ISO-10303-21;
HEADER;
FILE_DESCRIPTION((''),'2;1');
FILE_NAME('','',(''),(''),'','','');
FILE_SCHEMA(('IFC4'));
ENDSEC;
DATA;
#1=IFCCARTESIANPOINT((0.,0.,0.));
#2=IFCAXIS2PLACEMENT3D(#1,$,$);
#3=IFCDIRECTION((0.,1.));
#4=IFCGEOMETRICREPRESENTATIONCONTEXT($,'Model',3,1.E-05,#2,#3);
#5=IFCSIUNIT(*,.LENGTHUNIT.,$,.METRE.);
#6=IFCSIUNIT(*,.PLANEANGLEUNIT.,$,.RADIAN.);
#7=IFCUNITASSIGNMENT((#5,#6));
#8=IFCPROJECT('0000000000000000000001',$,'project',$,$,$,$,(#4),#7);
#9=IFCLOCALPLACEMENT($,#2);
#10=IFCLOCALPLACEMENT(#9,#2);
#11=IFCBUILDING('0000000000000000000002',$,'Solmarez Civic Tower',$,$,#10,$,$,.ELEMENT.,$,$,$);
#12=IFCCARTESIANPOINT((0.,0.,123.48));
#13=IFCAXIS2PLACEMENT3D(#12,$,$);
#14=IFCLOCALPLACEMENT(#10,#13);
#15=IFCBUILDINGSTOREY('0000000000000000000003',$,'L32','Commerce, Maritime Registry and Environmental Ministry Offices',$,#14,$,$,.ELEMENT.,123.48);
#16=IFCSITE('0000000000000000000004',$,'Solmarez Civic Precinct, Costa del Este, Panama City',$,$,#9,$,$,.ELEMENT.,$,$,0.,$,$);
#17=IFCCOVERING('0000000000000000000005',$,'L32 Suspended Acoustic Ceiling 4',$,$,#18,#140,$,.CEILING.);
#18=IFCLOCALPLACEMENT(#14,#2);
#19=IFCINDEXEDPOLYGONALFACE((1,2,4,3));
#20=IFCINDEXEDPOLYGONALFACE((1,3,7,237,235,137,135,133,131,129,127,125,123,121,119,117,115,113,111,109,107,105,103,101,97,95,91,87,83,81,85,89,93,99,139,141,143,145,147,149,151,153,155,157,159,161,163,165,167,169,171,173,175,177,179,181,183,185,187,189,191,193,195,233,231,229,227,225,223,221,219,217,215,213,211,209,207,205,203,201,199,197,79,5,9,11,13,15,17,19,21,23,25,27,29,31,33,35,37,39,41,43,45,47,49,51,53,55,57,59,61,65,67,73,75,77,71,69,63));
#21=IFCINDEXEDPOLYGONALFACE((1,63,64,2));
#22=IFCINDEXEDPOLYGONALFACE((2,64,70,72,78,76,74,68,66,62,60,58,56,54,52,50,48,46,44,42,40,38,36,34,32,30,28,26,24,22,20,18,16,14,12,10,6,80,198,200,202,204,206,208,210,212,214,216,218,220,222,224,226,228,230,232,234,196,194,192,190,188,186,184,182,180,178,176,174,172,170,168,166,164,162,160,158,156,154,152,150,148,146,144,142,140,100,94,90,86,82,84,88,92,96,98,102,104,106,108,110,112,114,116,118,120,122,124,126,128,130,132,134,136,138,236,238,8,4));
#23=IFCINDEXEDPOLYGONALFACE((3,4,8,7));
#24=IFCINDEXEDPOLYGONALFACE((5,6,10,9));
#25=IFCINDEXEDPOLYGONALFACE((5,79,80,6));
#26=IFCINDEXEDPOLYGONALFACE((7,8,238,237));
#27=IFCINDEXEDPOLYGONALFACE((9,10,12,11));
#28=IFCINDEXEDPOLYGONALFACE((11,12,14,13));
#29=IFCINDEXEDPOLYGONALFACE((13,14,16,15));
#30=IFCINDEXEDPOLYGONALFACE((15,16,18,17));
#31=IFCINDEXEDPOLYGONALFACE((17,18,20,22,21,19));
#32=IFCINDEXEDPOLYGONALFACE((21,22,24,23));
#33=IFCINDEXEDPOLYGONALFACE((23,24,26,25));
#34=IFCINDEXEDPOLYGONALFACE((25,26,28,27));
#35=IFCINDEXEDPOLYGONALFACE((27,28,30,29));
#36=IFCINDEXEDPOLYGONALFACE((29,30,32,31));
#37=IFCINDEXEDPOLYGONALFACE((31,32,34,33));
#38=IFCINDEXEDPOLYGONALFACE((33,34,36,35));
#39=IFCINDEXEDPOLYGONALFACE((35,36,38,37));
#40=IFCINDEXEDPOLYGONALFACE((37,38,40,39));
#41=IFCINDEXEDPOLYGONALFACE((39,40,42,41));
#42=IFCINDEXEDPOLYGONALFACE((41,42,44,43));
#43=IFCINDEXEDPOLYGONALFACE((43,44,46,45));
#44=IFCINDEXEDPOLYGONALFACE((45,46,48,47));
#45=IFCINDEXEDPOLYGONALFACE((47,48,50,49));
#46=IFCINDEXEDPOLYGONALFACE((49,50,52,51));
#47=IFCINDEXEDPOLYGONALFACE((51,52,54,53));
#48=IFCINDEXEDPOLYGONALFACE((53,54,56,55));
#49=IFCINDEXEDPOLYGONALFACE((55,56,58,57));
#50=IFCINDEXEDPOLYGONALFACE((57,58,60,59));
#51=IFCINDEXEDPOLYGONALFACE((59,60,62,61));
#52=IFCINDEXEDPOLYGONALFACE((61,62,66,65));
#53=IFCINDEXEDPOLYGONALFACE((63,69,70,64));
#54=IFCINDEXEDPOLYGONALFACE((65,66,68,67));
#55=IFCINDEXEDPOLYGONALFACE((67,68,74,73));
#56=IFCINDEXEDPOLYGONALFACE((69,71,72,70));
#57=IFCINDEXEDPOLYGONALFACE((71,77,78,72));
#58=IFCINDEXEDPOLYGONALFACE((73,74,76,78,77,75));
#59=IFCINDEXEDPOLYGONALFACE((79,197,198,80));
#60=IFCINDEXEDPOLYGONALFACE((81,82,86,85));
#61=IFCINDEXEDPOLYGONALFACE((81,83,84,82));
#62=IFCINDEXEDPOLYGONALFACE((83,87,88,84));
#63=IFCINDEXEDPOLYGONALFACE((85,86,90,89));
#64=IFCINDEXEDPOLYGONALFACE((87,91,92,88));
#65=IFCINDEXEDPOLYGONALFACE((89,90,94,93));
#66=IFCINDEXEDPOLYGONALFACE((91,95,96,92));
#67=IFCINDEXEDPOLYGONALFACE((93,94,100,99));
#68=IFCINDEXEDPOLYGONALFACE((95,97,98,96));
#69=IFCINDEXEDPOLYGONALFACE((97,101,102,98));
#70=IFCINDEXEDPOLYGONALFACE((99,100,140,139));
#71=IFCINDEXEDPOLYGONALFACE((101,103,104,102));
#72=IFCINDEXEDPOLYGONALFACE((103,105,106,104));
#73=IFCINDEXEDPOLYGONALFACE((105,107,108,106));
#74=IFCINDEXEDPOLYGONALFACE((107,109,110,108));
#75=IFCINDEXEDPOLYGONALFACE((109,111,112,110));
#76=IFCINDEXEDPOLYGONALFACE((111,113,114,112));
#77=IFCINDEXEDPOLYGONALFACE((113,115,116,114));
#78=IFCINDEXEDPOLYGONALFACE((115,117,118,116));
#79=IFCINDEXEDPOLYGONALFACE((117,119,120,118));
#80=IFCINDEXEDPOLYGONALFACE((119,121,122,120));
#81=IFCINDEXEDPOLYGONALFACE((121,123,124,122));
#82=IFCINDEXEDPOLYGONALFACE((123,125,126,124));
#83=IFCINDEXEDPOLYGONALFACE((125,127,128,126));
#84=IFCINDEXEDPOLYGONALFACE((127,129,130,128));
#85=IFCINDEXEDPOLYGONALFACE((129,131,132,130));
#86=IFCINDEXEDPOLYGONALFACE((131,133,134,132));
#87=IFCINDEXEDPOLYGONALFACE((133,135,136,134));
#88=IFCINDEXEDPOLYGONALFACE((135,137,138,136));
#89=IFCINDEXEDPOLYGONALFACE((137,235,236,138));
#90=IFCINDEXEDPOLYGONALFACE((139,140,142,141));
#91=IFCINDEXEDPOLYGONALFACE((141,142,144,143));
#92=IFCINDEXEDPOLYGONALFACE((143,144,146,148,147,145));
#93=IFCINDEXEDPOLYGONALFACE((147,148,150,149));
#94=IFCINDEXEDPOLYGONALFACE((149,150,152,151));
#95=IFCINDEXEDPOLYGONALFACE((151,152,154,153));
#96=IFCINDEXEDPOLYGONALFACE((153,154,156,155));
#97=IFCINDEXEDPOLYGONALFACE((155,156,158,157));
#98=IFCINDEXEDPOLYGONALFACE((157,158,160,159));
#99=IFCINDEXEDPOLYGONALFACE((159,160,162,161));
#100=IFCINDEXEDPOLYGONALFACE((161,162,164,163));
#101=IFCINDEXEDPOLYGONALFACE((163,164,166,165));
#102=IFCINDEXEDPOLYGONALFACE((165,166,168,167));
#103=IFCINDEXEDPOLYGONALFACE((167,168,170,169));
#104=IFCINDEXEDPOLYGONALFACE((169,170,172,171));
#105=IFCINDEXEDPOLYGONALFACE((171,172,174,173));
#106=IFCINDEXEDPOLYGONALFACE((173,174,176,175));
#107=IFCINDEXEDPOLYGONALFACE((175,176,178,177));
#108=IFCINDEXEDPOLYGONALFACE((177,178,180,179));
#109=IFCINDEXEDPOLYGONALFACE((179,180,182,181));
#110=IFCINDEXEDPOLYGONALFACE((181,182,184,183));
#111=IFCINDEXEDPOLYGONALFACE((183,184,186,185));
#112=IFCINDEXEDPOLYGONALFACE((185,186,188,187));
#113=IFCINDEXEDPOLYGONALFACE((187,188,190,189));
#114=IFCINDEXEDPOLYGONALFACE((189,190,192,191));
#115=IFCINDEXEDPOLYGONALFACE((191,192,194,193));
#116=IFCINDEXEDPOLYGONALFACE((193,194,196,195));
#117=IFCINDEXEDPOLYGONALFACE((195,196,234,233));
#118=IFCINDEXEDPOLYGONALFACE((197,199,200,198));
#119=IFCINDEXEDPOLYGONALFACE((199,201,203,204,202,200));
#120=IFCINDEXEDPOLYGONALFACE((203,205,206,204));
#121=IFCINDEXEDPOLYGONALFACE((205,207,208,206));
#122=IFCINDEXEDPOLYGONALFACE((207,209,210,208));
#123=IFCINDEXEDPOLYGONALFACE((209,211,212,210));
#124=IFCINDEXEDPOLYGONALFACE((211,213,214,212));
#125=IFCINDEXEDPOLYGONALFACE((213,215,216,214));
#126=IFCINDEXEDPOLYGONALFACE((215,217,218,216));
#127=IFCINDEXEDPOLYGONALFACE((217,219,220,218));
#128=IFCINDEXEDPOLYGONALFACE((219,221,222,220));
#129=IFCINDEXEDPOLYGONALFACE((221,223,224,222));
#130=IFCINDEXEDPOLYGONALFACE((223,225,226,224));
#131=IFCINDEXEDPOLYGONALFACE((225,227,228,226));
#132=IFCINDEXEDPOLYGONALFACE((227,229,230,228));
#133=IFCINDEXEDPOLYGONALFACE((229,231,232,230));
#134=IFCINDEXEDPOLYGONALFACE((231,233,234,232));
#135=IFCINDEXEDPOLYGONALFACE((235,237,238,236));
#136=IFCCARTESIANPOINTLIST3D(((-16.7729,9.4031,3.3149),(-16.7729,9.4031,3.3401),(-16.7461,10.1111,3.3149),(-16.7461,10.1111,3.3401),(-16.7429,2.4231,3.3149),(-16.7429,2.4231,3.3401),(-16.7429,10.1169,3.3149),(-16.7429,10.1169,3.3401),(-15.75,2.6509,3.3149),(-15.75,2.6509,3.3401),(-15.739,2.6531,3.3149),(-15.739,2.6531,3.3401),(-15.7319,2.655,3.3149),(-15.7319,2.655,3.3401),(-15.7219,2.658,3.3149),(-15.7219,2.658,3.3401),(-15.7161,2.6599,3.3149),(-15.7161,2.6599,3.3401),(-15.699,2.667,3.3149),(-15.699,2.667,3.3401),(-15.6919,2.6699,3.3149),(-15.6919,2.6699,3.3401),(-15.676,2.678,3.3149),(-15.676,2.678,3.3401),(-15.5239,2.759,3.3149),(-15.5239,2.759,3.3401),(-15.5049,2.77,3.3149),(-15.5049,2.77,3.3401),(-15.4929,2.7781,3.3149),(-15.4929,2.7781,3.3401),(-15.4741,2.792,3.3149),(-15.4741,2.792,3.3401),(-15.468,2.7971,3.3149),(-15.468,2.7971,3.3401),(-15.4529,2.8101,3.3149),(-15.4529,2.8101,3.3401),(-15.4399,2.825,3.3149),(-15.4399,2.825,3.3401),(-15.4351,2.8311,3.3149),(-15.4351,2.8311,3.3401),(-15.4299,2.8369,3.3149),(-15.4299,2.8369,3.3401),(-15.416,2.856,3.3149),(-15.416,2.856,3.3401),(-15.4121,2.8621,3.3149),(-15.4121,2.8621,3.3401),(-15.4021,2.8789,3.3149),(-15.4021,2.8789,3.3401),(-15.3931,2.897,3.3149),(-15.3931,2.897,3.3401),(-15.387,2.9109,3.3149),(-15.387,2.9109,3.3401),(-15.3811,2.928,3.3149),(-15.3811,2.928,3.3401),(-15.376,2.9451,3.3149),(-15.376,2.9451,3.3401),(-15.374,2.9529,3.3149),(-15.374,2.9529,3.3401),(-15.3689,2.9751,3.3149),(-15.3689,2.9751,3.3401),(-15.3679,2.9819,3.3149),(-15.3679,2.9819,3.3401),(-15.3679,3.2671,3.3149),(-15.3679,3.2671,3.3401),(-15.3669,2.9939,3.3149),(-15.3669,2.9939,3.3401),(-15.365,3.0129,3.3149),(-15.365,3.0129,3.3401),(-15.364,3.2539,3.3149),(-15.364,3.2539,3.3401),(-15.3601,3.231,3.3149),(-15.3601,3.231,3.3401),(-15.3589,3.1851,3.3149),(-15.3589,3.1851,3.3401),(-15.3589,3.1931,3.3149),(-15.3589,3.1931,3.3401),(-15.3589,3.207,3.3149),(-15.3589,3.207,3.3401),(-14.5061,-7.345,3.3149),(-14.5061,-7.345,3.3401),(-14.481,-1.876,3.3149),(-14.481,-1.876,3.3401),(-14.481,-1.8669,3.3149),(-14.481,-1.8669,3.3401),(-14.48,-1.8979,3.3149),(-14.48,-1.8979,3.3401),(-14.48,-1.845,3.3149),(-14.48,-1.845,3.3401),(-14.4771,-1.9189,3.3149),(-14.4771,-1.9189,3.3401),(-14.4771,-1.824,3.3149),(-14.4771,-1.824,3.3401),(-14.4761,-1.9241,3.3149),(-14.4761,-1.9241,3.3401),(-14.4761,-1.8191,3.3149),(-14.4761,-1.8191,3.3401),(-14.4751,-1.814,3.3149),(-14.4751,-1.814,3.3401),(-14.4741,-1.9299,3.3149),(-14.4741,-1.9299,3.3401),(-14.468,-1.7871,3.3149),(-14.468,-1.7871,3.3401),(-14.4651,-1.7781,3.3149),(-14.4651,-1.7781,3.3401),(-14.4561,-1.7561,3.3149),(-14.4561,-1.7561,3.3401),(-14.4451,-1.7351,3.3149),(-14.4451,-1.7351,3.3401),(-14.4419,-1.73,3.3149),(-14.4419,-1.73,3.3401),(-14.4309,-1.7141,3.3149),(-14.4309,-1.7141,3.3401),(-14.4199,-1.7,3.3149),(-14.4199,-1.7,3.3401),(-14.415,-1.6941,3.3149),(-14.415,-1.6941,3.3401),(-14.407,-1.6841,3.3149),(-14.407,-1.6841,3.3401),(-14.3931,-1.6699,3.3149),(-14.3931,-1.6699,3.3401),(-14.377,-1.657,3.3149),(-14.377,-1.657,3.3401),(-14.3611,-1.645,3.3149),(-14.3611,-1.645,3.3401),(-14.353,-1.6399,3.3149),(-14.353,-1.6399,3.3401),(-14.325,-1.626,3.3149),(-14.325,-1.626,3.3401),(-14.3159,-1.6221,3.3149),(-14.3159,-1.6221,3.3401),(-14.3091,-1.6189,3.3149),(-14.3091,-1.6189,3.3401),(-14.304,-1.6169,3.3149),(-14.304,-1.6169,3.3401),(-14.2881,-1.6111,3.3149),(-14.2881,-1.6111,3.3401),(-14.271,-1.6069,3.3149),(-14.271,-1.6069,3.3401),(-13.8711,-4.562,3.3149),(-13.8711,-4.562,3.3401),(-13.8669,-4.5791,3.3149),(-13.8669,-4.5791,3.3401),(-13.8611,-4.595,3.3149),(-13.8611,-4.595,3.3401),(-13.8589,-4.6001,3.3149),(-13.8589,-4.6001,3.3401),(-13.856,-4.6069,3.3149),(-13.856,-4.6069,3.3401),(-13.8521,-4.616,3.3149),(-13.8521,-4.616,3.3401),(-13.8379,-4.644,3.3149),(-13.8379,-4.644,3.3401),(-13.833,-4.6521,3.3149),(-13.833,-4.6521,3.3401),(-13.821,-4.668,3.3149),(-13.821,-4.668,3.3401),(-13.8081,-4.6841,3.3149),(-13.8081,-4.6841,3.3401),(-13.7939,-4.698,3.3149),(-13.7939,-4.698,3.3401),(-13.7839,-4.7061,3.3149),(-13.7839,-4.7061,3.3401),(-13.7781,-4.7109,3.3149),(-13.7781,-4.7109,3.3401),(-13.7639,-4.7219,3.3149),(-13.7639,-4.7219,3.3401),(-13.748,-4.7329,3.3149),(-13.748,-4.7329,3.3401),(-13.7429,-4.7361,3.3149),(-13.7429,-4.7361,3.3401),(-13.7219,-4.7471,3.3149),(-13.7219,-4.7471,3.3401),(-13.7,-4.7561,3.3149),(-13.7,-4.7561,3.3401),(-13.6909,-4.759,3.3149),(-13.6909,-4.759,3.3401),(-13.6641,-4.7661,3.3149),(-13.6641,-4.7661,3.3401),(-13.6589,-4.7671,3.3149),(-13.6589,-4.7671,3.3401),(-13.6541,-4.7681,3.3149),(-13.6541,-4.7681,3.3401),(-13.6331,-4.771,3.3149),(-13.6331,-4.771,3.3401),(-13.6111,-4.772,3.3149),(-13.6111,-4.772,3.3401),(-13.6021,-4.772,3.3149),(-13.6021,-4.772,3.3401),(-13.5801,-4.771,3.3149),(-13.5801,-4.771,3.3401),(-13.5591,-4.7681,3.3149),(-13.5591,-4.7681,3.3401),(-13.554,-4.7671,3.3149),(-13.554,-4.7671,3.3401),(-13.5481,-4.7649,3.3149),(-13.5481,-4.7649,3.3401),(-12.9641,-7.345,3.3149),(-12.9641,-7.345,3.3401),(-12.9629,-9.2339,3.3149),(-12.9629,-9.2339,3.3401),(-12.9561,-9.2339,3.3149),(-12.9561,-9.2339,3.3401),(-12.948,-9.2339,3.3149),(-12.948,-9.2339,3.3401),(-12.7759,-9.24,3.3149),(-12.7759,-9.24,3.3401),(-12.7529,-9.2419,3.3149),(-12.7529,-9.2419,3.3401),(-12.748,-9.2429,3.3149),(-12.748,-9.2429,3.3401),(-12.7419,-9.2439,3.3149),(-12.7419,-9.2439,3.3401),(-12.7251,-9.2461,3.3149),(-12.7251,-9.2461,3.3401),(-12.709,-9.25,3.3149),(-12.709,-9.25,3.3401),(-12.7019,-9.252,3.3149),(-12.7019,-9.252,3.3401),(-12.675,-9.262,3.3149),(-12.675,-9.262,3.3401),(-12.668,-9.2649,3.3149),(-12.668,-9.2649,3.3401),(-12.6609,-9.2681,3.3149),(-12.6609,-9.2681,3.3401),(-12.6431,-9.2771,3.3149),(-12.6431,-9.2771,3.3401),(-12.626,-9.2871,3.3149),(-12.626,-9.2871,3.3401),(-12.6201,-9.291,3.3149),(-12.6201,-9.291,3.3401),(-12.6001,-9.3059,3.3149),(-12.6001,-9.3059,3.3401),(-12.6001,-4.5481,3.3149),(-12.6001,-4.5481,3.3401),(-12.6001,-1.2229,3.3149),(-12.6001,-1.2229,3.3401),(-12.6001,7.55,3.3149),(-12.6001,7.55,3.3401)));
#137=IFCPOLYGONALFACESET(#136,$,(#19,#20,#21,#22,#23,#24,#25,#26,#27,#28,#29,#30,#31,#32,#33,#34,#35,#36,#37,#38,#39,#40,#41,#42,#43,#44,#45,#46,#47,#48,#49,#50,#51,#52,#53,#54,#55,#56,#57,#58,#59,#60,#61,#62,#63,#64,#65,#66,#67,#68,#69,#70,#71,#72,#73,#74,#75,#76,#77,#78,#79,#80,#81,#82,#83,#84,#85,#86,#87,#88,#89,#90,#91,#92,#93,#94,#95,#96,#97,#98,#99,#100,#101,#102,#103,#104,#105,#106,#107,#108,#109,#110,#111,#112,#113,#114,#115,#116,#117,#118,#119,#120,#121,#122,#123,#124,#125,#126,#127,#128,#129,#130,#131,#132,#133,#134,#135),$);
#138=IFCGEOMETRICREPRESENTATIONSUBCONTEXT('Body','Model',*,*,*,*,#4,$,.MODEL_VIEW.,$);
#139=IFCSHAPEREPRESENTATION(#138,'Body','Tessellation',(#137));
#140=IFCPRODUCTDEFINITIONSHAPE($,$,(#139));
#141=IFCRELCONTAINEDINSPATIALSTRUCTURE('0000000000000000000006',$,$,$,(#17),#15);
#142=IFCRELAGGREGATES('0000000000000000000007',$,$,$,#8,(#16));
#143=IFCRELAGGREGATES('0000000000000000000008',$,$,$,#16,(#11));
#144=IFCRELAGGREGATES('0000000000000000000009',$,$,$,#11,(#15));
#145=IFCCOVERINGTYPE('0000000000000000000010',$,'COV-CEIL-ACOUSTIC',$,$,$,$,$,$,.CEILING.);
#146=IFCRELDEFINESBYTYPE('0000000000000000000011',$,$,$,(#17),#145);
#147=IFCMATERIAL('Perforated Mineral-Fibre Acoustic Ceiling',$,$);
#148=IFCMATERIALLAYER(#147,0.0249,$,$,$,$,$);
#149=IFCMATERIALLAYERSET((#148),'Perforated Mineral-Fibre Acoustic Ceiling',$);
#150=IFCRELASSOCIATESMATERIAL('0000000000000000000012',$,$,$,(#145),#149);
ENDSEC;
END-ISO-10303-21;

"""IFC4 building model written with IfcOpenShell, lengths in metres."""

from ifc_helpers import new_model, si_unit, direction, frame, origin, place, context, subcontext, project, spatial, polyline, outline, extrude, material, layer, layer_set, type_object, element, save


model = new_model("IFC4")

# Units and contexts
model_context = context("Model", 3, precision=1e-05, world=origin(), true_north=direction((0.0, 1.0)))
body_context = subcontext(model_context, "Body", "Model", "MODEL_VIEW")
ifc_project = project(units=[si_unit("LENGTHUNIT", "METRE"), si_unit("PLANEANGLEUNIT", "RADIAN")], contexts=[model_context])

# Site, building, storey
site_placement = place(None, origin())
site = spatial("IfcSite", under=ifc_project, at=site_placement, Name="Solmarez Civic Precinct, Costa del Este, Panama City", CompositionType="ELEMENT", RefElevation=0.0)
building_placement = place(site_placement, origin())
building = spatial("IfcBuilding", under=site, at=building_placement, Name="Solmarez Civic Tower", CompositionType="ELEMENT")
storey_placement = place(building_placement, frame((0.0, 0.0, 123.48)))
storey = spatial("IfcBuildingStorey", under=building, at=storey_placement, Name="L32", Description="Commerce, Maritime Registry and Environmental Ministry Offices", CompositionType="ELEMENT", Elevation=123.48)

# Covering
ifc_material_1 = material(Name="Perforated Mineral-Fibre Acoustic Ceiling")
ifc_layer_1 = layer(ifc_material_1, 0.0249)
ifc_layer_set_1 = layer_set([ifc_layer_1], Name="Perforated Mineral-Fibre Acoustic Ceiling")
covering_type_1 = type_object("IfcCoveringType", Name="COV-CEIL-ACOUSTIC", PredefinedType="CEILING", material=ifc_layer_set_1)
covering_1_placement = place(storey_placement, frame((0.0, 0.0, 3.3149)))
element("IfcCovering", 1, at=covering_1_placement, inside=storey, type_object=covering_type_1, Name="L32 Suspended Acoustic Ceiling 4", PredefinedType="CEILING", context=body_context, shape_type="SweptSolid", body=[
    extrude(outline(polyline([(-15.3679, 3.2671), (-15.364, 3.2539), (-15.3601, 3.231), (-15.3589, 3.207), (-15.3589, 3.1931), (-15.3589, 3.1851), (-15.365, 3.0129), (-15.3669, 2.9939), (-15.3679, 2.9819), (-15.3689, 2.9751), (-15.374, 2.9529), (-15.376, 2.9451), (-15.3811, 2.928), (-15.387, 2.9109), (-15.3931, 2.897), (-15.4021, 2.8789), (-15.4121, 2.8621), (-15.416, 2.856), (-15.4299, 2.8369), (-15.4351, 2.8311), (-15.4399, 2.825), (-15.4529, 2.8101), (-15.468, 2.7971), (-15.4741, 2.792), (-15.4929, 2.7781), (-15.5049, 2.77), (-15.5239, 2.759), (-15.676, 2.678), (-15.6919, 2.6699), (-15.699, 2.667), (-15.7161, 2.6599), (-15.7219, 2.658), (-15.7319, 2.655), (-15.739, 2.6531), (-15.75, 2.6509), (-16.7429, 2.4231), (-14.5061, -7.345), (-12.9641, -7.345), (-12.9629, -9.2339), (-12.9561, -9.2339), (-12.948, -9.2339), (-12.7759, -9.24), (-12.7529, -9.2419), (-12.748, -9.2429), (-12.7419, -9.2439), (-12.7251, -9.2461), (-12.709, -9.25), (-12.7019, -9.252), (-12.675, -9.262), (-12.668, -9.2649), (-12.6609, -9.2681), (-12.6431, -9.2771), (-12.626, -9.2871), (-12.6201, -9.291), (-12.6001, -9.3059), (-12.6001, -4.5481), (-13.5481, -4.7649), (-13.554, -4.7671), (-13.5591, -4.7681), (-13.5801, -4.771), (-13.6021, -4.772), (-13.6111, -4.772), (-13.6331, -4.771), (-13.6541, -4.7681), (-13.6589, -4.7671), (-13.6641, -4.7661), (-13.6909, -4.759), (-13.7, -4.7561), (-13.7219, -4.7471), (-13.7429, -4.7361), (-13.748, -4.7329), (-13.7639, -4.7219), (-13.7781, -4.7109), (-13.7839, -4.7061), (-13.7939, -4.698), (-13.8081, -4.6841), (-13.821, -4.668), (-13.833, -4.6521), (-13.8379, -4.644), (-13.8521, -4.616), (-13.856, -4.6069), (-13.8589, -4.6001), (-13.8611, -4.595), (-13.8669, -4.5791), (-13.8711, -4.562), (-14.4741, -1.9299), (-14.4761, -1.9241), (-14.4771, -1.9189), (-14.48, -1.8979), (-14.481, -1.876), (-14.481, -1.8669), (-14.48, -1.845), (-14.4771, -1.824), (-14.4761, -1.8191), (-14.4751, -1.814), (-14.468, -1.7871), (-14.4651, -1.7781), (-14.4561, -1.7561), (-14.4451, -1.7351), (-14.4419, -1.73), (-14.4309, -1.7141), (-14.4199, -1.7), (-14.415, -1.6941), (-14.407, -1.6841), (-14.3931, -1.6699), (-14.377, -1.657), (-14.3611, -1.645), (-14.353, -1.6399), (-14.325, -1.626), (-14.3159, -1.6221), (-14.3091, -1.6189), (-14.304, -1.6169), (-14.2881, -1.6111), (-14.271, -1.6069), (-12.6001, -1.2229), (-12.6001, 7.55), (-16.7429, 10.1169), (-16.7461, 10.1111), (-16.7729, 9.4031), (-15.3679, 3.2671)])), origin(), (0.0, 0.0, 1.0), 0.0251),
])

save(model, "model.ifc")
